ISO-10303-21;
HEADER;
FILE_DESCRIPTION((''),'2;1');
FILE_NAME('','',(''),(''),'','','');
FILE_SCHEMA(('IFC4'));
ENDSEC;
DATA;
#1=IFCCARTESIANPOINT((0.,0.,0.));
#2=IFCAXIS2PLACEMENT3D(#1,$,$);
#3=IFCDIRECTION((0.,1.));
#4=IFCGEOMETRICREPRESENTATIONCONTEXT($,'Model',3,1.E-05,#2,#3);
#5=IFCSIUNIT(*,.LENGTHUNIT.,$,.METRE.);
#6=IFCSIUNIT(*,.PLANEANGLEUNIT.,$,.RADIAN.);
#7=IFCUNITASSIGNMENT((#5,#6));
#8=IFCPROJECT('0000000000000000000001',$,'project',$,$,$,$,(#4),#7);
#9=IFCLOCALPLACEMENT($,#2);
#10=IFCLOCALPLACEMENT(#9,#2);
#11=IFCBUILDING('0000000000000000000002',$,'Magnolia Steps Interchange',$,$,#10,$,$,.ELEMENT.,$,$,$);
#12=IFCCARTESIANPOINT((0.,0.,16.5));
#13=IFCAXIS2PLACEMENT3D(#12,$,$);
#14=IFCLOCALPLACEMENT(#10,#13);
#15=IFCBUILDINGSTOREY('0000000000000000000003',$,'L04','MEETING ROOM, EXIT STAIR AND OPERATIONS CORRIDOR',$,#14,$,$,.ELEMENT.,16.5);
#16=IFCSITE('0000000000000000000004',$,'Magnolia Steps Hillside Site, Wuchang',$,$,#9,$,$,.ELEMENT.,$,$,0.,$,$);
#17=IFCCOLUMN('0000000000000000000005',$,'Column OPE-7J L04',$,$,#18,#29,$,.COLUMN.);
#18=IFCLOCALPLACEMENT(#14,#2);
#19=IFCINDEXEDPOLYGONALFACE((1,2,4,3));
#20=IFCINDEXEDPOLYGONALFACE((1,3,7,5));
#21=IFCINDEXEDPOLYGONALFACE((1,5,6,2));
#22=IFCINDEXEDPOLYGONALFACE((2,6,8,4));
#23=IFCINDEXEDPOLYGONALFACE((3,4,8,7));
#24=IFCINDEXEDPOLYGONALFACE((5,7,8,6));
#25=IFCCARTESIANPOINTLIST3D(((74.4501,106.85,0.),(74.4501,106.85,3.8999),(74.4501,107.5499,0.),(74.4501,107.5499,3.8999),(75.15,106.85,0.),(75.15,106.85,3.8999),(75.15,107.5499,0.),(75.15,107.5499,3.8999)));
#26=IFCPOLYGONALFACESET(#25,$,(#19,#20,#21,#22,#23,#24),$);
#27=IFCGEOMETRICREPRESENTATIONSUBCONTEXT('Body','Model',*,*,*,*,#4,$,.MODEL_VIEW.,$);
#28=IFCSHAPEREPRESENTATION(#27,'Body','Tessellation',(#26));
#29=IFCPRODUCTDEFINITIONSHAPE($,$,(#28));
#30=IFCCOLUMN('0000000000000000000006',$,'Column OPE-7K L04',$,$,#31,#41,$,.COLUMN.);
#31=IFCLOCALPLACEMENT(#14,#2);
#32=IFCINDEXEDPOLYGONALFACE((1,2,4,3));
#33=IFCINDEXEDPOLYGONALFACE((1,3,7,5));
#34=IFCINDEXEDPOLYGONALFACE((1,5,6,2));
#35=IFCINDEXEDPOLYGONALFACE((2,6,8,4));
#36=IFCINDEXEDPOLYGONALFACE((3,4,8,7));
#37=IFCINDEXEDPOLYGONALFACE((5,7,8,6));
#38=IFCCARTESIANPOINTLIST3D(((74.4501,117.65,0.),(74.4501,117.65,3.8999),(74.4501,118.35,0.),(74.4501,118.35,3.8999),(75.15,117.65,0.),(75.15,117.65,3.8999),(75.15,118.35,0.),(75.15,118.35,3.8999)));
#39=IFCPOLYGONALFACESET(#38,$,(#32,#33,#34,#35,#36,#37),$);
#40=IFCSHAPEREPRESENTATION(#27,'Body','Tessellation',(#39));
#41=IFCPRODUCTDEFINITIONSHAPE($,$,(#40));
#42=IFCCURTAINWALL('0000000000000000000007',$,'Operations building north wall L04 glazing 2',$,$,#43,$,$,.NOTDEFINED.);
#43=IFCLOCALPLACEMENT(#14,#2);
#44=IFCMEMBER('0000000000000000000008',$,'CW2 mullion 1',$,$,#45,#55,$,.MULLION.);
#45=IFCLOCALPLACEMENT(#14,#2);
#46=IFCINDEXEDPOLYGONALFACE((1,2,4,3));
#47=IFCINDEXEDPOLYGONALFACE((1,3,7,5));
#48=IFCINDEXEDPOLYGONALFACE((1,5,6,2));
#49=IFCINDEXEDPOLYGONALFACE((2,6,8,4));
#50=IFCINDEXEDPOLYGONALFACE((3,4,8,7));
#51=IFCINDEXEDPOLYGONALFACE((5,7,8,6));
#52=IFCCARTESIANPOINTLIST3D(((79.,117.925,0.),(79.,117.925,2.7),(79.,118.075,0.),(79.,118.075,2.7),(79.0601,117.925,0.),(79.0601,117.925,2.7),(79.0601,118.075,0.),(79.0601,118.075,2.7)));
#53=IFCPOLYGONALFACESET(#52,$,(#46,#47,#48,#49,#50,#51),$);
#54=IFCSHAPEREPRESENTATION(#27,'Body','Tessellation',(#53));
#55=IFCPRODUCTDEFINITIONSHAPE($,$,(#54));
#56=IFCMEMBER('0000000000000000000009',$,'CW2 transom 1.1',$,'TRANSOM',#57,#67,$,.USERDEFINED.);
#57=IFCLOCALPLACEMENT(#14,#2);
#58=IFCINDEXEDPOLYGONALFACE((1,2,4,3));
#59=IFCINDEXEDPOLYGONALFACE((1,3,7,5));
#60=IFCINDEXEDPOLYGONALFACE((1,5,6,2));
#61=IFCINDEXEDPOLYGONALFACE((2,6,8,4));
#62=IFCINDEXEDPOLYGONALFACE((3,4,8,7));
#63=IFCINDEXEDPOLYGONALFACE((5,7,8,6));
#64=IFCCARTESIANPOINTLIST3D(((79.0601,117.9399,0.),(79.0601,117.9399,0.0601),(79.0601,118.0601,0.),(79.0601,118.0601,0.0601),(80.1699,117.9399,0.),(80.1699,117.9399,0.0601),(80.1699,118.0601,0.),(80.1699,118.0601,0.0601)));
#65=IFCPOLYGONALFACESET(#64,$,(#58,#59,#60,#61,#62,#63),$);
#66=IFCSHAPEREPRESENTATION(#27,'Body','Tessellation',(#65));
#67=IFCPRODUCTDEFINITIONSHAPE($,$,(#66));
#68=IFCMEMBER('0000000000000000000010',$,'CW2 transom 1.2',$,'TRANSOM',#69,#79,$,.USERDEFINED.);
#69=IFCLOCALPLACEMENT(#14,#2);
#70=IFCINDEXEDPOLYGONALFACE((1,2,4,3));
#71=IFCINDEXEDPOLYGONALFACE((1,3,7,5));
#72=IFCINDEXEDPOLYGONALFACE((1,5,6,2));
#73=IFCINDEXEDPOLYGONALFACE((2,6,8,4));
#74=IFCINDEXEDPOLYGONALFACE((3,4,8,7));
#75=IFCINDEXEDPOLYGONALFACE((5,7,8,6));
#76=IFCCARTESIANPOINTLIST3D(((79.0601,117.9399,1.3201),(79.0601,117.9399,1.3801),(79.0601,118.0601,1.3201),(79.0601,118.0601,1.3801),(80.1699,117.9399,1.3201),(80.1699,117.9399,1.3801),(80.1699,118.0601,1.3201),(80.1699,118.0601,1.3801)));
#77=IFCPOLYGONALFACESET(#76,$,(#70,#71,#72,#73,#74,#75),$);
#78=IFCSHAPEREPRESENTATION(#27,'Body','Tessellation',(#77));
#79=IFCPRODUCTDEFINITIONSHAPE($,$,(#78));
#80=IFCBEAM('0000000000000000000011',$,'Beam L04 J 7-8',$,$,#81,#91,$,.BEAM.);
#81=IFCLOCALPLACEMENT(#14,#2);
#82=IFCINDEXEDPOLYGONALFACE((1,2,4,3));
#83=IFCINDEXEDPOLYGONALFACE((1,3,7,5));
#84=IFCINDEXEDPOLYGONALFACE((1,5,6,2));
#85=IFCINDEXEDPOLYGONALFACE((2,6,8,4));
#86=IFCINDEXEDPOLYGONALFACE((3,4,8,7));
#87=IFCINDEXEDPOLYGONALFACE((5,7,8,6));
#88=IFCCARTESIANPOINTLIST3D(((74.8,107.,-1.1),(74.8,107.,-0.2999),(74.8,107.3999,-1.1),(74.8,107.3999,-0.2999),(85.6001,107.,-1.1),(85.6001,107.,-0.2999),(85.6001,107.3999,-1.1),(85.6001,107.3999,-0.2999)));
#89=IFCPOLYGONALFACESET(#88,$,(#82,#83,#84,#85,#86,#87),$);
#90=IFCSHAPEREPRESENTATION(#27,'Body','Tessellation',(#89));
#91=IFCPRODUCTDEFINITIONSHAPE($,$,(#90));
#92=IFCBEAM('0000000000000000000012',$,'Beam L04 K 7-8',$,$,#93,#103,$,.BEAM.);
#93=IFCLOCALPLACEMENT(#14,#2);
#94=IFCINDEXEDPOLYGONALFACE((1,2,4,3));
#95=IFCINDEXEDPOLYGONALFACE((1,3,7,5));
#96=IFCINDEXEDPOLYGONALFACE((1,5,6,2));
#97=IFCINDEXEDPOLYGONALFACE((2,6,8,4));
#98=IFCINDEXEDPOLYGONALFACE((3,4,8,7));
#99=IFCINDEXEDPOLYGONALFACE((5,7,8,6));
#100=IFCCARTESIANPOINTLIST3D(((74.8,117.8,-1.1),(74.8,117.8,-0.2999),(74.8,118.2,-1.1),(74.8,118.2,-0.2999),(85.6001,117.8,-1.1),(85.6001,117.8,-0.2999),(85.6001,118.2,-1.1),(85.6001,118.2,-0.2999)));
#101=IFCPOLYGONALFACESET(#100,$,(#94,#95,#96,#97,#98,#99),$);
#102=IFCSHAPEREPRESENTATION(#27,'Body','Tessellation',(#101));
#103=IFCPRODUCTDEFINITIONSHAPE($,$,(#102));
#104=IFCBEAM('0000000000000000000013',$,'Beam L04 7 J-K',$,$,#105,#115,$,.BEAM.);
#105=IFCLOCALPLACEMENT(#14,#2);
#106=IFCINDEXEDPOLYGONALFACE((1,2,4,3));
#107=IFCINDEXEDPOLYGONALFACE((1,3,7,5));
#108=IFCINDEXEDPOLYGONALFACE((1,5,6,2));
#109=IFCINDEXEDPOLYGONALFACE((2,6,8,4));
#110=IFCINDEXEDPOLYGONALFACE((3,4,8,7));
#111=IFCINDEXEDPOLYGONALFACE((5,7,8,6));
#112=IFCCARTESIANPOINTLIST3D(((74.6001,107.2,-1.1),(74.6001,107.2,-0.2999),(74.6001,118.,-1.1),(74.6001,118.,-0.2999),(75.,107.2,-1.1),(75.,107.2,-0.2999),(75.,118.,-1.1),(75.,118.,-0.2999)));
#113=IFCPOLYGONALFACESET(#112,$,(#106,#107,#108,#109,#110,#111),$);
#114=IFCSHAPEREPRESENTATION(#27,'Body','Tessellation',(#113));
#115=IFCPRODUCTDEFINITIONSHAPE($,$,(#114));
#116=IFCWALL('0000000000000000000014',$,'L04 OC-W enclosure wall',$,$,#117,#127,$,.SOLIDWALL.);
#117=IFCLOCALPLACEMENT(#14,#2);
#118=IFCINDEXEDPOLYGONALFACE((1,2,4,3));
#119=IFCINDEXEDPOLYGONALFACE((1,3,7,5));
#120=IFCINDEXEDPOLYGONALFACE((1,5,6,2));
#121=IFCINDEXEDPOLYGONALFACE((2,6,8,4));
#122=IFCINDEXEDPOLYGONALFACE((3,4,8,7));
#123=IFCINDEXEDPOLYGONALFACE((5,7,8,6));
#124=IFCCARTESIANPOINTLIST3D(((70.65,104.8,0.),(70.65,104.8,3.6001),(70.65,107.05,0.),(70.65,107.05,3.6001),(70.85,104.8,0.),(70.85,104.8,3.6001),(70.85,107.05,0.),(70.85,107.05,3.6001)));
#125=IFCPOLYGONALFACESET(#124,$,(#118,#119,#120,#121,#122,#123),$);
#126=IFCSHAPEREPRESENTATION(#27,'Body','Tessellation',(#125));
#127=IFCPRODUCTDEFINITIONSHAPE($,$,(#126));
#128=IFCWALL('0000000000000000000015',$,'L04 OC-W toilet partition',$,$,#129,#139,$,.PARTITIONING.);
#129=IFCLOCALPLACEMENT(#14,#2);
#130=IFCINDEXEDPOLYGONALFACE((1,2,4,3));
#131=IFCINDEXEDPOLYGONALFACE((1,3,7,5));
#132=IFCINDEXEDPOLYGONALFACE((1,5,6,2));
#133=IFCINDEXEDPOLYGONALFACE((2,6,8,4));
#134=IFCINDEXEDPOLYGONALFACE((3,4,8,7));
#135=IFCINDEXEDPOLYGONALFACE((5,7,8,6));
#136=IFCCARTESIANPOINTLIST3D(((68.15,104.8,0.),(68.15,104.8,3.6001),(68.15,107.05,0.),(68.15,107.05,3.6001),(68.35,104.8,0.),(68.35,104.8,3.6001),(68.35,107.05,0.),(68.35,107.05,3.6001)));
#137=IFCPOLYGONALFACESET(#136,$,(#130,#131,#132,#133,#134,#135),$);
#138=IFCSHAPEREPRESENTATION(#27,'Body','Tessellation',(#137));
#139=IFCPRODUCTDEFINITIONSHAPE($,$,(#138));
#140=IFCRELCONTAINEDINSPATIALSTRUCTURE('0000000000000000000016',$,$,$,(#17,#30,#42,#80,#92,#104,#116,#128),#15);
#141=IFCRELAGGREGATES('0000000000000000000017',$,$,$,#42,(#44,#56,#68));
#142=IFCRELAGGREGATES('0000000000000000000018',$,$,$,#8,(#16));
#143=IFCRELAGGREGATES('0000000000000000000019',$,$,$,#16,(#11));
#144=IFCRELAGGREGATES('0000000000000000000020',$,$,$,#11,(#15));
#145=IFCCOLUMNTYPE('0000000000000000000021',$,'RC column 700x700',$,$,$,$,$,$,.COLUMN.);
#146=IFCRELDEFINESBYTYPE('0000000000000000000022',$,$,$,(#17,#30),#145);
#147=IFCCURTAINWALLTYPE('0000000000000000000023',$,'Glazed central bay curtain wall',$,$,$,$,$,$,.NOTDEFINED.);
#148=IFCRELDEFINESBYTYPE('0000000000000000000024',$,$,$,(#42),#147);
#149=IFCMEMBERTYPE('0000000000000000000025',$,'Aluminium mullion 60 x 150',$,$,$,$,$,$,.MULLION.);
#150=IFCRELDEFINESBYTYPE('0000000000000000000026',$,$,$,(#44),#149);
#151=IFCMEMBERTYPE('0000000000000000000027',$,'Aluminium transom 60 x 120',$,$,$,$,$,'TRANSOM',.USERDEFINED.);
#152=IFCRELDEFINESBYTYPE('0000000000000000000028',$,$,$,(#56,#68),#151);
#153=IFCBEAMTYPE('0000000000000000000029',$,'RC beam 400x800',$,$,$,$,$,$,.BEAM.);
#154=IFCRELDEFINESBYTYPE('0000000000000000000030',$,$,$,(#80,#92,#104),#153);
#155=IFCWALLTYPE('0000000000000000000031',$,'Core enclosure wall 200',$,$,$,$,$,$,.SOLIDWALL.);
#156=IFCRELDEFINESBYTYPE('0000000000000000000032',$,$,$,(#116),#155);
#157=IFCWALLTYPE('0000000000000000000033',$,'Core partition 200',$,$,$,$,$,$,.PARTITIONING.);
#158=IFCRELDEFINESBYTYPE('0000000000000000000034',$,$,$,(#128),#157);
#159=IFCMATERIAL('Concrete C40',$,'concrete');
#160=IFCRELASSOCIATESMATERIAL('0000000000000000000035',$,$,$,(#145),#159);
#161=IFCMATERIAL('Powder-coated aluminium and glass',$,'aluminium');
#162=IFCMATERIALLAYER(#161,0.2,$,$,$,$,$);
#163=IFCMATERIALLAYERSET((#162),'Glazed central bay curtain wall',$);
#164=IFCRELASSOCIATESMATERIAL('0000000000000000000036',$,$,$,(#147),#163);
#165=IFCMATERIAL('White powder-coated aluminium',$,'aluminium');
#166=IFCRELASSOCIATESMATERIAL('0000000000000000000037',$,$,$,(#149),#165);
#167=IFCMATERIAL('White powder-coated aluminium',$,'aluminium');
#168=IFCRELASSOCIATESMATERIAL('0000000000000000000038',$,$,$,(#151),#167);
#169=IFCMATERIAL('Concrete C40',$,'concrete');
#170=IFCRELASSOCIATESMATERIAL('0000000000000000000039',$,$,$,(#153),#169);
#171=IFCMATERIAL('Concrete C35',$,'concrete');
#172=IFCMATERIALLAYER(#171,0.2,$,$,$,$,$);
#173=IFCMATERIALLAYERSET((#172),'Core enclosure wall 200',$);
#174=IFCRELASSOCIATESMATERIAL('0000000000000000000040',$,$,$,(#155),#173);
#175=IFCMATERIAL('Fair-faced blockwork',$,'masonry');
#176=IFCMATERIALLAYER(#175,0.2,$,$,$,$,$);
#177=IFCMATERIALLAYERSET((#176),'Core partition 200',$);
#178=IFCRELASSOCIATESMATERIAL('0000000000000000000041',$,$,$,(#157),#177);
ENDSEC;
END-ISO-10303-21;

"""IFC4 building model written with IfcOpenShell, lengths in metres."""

from ifc_helpers import new_model, si_unit, direction, frame, frame_2d, origin, origin_2d, place, context, subcontext, project, spatial, rectangle, extrude, material, layer, layer_set, material_profile, profile_set, type_object, element, aggregate, save


model = new_model("IFC4")

# Units and contexts
model_context = context("Model", 3, precision=1e-05, world=origin(), true_north=direction((0.0, 1.0)))
body_context = subcontext(model_context, "Body", "Model", "MODEL_VIEW")
ifc_project = project(units=[si_unit("LENGTHUNIT", "METRE"), si_unit("PLANEANGLEUNIT", "RADIAN")], contexts=[model_context])

# Site, building, storey
site_placement = place(None, origin())
site = spatial("IfcSite", under=ifc_project, at=site_placement, Name="Magnolia Steps Hillside Site, Wuchang", CompositionType="ELEMENT", RefElevation=0.0)
building_placement = place(site_placement, origin())
building = spatial("IfcBuilding", under=site, at=building_placement, Name="Magnolia Steps Interchange", CompositionType="ELEMENT")
storey_placement = place(building_placement, frame((0.0, 0.0, 16.5)))
storey = spatial("IfcBuildingStorey", under=building, at=storey_placement, Name="L04", Description="MEETING ROOM, EXIT STAIR AND OPERATIONS CORRIDOR", CompositionType="ELEMENT", Elevation=16.5)

# Columns
ifc_material_1 = material(Name="Concrete C40", Category="concrete")
ifc_material_profile_1 = material_profile(ifc_material_1, rectangle(XDim=0.7, YDim=0.7, at=origin_2d()), Name="RC700x700")
ifc_profile_set_1 = profile_set([ifc_material_profile_1], Name="Concrete C40")
column_type = type_object("IfcColumnType", Name="RC column 700x700", PredefinedType="COLUMN", material=ifc_profile_set_1)
for number, where, z_axis, x_axis, name in (
    (1, (74.8, 107.2, 0.0), (0.0, 0.0, 1.0), (1.0, 0.0, 0.0), "Column OPE-7J L04"),
    (2, (74.8, 118.0, 0.0), (0.0, 0.0, 1.0), (1.0, 0.0, 0.0), "Column OPE-7K L04"),
):
    element("IfcColumn", number, at=place(storey_placement, frame(where, z_axis=z_axis, x_axis=x_axis)), inside=storey, type_object=column_type, Name=name, PredefinedType="COLUMN", context=body_context, shape_type="SweptSolid", body=[
        extrude(rectangle(XDim=0.7, YDim=0.7, at=origin_2d()), origin(), (0.0, 0.0, 1.0), 3.8999),
    ])

# Curtain wall, members
ifc_material_2 = material(Name="Powder-coated aluminium and glass", Category="aluminium")
ifc_layer_1 = layer(ifc_material_2, 0.2)
ifc_layer_set_1 = layer_set([ifc_layer_1], Name="Glazed central bay curtain wall")
curtain_wall_type = type_object("IfcCurtainWallType", Name="Glazed central bay curtain wall", PredefinedType="NOTDEFINED", material=ifc_layer_set_1)
curtain_wall_placement = place(storey_placement, origin())
curtain_wall = element("IfcCurtainWall", 3, at=curtain_wall_placement, inside=storey, type_object=curtain_wall_type, Name="Operations building north wall L04 glazing 2", PredefinedType="NOTDEFINED")
ifc_material_3 = material(Name="White powder-coated aluminium", Category="aluminium")
ifc_material_profile_2 = material_profile(ifc_material_3, rectangle(XDim=0.0601, YDim=0.1499, at=origin_2d()), Name="Aluminium mullion 60 x 150")
ifc_profile_set_2 = profile_set([ifc_material_profile_2], Name="White powder-coated aluminium")
member_type_1 = type_object("IfcMemberType", Name="Aluminium mullion 60 x 150", PredefinedType="MULLION", material=ifc_profile_set_2)
member_1_placement = place(storey_placement, frame((79.03, 118.0, 0.0), z_axis=(0.0, 0.0, 1.0), x_axis=(1.0, 0.0, 0.0)))
member_1 = element("IfcMember", 4, at=member_1_placement, type_object=member_type_1, Name="CW2 mullion 1", PredefinedType="MULLION", context=body_context, shape_type="SweptSolid", body=[
    extrude(rectangle(XDim=0.0601, YDim=0.1499, at=origin_2d()), origin(), (0.0, 0.0, 1.0), 2.7),
])
ifc_material_4 = material(Name="White powder-coated aluminium", Category="aluminium")
ifc_material_profile_3 = material_profile(ifc_material_4, rectangle(XDim=0.0601, YDim=0.1201, at=origin_2d()), Name="Aluminium transom 60 x 120")
ifc_profile_set_3 = profile_set([ifc_material_profile_3], Name="White powder-coated aluminium")
member_type_2 = type_object("IfcMemberType", Name="Aluminium transom 60 x 120", ElementType="TRANSOM", PredefinedType="USERDEFINED", material=ifc_profile_set_3)
member_2_placement = place(storey_placement, frame((79.0601, 118.0, 0.03), z_axis=(1.0, 0.0, 0.0), x_axis=(0.0, 0.0, 1.0)))
member_2 = element("IfcMember", 5, at=member_2_placement, type_object=member_type_2, Name="CW2 transom 1.1", ObjectType="TRANSOM", PredefinedType="USERDEFINED", context=body_context, shape_type="SweptSolid", body=[
    extrude(rectangle(XDim=0.0601, YDim=0.1201, at=origin_2d()), origin(), (0.0, 0.0, 1.0), 1.1099),
])
member_3_placement = place(storey_placement, frame((79.0601, 118.0, 1.3501), z_axis=(1.0, 0.0, 0.0), x_axis=(0.0, 0.0, 1.0)))
member_3 = element("IfcMember", 6, at=member_3_placement, type_object=member_type_2, Name="CW2 transom 1.2", ObjectType="TRANSOM", PredefinedType="USERDEFINED", context=body_context, shape_type="SweptSolid", body=[
    extrude(rectangle(XDim=0.0601, YDim=0.1201, at=origin_2d()), origin(), (0.0, 0.0, 1.0), 1.1099),
])
aggregate(curtain_wall, [member_1, member_2, member_3])

# Beams
ifc_material_5 = material(Name="Concrete C40", Category="concrete")
ifc_material_profile_4 = material_profile(ifc_material_5, rectangle(XDim=0.3999, YDim=0.8, at=origin_2d()), Name="RC400x800")
ifc_profile_set_4 = profile_set([ifc_material_profile_4], Name="Concrete C40")
beam_type = type_object("IfcBeamType", Name="RC beam 400x800", PredefinedType="BEAM", material=ifc_profile_set_4)
for number, where, z_axis, x_axis, name in (
    (7, (74.8, 107.2, -0.7), (1.0, 0.0, 0.0), (0.0, 1.0, 0.0), "Beam L04 J 7-8"),
    (8, (74.8, 118.0, -0.7), (1.0, 0.0, 0.0), (0.0, 1.0, 0.0), "Beam L04 K 7-8"),
    (9, (74.8, 107.2, -0.7), (0.0, 1.0, 0.0), (-1.0, 0.0, 0.0), "Beam L04 7 J-K"),
):
    element("IfcBeam", number, at=place(storey_placement, frame(where, z_axis=z_axis, x_axis=x_axis)), inside=storey, type_object=beam_type, Name=name, PredefinedType="BEAM", context=body_context, shape_type="SweptSolid", body=[
        extrude(rectangle(XDim=0.3999, YDim=0.8, at=origin_2d()), origin(), (0.0, 0.0, 1.0), 10.8),
    ])

# Walls
ifc_material_6 = material(Name="Concrete C35", Category="concrete")
ifc_layer_2 = layer(ifc_material_6, 0.2)
ifc_layer_set_2 = layer_set([ifc_layer_2], Name="Core enclosure wall 200")
wall_type_1 = type_object("IfcWallType", Name="Core enclosure wall 200", PredefinedType="SOLIDWALL", material=ifc_layer_set_2)
wall_1_placement = place(storey_placement, frame((70.75, 104.8, 0.0), z_axis=(0.0, 0.0, 1.0), x_axis=(0.0, 1.0, 0.0)))
element("IfcWall", 10, at=wall_1_placement, inside=storey, type_object=wall_type_1, Name="L04 OC-W enclosure wall", PredefinedType="SOLIDWALL", context=body_context, shape_type="SweptSolid", body=[
    extrude(rectangle(XDim=2.25, YDim=0.2, at=frame_2d((1.125, 0.0))), origin(), (0.0, 0.0, 1.0), 3.6001),
])
ifc_material_7 = material(Name="Fair-faced blockwork", Category="masonry")
ifc_layer_3 = layer(ifc_material_7, 0.2)
ifc_layer_set_3 = layer_set([ifc_layer_3], Name="Core partition 200")
wall_type_2 = type_object("IfcWallType", Name="Core partition 200", PredefinedType="PARTITIONING", material=ifc_layer_set_3)
wall_2_placement = place(storey_placement, frame((68.25, 104.8, 0.0), z_axis=(0.0, 0.0, 1.0), x_axis=(0.0, 1.0, 0.0)))
element("IfcWall", 11, at=wall_2_placement, inside=storey, type_object=wall_type_2, Name="L04 OC-W toilet partition", PredefinedType="PARTITIONING", context=body_context, shape_type="SweptSolid", body=[
    extrude(rectangle(XDim=2.25, YDim=0.2, at=frame_2d((1.125, 0.0))), origin(), (0.0, 0.0, 1.0), 3.6001),
])

save(model, "model.ifc")
